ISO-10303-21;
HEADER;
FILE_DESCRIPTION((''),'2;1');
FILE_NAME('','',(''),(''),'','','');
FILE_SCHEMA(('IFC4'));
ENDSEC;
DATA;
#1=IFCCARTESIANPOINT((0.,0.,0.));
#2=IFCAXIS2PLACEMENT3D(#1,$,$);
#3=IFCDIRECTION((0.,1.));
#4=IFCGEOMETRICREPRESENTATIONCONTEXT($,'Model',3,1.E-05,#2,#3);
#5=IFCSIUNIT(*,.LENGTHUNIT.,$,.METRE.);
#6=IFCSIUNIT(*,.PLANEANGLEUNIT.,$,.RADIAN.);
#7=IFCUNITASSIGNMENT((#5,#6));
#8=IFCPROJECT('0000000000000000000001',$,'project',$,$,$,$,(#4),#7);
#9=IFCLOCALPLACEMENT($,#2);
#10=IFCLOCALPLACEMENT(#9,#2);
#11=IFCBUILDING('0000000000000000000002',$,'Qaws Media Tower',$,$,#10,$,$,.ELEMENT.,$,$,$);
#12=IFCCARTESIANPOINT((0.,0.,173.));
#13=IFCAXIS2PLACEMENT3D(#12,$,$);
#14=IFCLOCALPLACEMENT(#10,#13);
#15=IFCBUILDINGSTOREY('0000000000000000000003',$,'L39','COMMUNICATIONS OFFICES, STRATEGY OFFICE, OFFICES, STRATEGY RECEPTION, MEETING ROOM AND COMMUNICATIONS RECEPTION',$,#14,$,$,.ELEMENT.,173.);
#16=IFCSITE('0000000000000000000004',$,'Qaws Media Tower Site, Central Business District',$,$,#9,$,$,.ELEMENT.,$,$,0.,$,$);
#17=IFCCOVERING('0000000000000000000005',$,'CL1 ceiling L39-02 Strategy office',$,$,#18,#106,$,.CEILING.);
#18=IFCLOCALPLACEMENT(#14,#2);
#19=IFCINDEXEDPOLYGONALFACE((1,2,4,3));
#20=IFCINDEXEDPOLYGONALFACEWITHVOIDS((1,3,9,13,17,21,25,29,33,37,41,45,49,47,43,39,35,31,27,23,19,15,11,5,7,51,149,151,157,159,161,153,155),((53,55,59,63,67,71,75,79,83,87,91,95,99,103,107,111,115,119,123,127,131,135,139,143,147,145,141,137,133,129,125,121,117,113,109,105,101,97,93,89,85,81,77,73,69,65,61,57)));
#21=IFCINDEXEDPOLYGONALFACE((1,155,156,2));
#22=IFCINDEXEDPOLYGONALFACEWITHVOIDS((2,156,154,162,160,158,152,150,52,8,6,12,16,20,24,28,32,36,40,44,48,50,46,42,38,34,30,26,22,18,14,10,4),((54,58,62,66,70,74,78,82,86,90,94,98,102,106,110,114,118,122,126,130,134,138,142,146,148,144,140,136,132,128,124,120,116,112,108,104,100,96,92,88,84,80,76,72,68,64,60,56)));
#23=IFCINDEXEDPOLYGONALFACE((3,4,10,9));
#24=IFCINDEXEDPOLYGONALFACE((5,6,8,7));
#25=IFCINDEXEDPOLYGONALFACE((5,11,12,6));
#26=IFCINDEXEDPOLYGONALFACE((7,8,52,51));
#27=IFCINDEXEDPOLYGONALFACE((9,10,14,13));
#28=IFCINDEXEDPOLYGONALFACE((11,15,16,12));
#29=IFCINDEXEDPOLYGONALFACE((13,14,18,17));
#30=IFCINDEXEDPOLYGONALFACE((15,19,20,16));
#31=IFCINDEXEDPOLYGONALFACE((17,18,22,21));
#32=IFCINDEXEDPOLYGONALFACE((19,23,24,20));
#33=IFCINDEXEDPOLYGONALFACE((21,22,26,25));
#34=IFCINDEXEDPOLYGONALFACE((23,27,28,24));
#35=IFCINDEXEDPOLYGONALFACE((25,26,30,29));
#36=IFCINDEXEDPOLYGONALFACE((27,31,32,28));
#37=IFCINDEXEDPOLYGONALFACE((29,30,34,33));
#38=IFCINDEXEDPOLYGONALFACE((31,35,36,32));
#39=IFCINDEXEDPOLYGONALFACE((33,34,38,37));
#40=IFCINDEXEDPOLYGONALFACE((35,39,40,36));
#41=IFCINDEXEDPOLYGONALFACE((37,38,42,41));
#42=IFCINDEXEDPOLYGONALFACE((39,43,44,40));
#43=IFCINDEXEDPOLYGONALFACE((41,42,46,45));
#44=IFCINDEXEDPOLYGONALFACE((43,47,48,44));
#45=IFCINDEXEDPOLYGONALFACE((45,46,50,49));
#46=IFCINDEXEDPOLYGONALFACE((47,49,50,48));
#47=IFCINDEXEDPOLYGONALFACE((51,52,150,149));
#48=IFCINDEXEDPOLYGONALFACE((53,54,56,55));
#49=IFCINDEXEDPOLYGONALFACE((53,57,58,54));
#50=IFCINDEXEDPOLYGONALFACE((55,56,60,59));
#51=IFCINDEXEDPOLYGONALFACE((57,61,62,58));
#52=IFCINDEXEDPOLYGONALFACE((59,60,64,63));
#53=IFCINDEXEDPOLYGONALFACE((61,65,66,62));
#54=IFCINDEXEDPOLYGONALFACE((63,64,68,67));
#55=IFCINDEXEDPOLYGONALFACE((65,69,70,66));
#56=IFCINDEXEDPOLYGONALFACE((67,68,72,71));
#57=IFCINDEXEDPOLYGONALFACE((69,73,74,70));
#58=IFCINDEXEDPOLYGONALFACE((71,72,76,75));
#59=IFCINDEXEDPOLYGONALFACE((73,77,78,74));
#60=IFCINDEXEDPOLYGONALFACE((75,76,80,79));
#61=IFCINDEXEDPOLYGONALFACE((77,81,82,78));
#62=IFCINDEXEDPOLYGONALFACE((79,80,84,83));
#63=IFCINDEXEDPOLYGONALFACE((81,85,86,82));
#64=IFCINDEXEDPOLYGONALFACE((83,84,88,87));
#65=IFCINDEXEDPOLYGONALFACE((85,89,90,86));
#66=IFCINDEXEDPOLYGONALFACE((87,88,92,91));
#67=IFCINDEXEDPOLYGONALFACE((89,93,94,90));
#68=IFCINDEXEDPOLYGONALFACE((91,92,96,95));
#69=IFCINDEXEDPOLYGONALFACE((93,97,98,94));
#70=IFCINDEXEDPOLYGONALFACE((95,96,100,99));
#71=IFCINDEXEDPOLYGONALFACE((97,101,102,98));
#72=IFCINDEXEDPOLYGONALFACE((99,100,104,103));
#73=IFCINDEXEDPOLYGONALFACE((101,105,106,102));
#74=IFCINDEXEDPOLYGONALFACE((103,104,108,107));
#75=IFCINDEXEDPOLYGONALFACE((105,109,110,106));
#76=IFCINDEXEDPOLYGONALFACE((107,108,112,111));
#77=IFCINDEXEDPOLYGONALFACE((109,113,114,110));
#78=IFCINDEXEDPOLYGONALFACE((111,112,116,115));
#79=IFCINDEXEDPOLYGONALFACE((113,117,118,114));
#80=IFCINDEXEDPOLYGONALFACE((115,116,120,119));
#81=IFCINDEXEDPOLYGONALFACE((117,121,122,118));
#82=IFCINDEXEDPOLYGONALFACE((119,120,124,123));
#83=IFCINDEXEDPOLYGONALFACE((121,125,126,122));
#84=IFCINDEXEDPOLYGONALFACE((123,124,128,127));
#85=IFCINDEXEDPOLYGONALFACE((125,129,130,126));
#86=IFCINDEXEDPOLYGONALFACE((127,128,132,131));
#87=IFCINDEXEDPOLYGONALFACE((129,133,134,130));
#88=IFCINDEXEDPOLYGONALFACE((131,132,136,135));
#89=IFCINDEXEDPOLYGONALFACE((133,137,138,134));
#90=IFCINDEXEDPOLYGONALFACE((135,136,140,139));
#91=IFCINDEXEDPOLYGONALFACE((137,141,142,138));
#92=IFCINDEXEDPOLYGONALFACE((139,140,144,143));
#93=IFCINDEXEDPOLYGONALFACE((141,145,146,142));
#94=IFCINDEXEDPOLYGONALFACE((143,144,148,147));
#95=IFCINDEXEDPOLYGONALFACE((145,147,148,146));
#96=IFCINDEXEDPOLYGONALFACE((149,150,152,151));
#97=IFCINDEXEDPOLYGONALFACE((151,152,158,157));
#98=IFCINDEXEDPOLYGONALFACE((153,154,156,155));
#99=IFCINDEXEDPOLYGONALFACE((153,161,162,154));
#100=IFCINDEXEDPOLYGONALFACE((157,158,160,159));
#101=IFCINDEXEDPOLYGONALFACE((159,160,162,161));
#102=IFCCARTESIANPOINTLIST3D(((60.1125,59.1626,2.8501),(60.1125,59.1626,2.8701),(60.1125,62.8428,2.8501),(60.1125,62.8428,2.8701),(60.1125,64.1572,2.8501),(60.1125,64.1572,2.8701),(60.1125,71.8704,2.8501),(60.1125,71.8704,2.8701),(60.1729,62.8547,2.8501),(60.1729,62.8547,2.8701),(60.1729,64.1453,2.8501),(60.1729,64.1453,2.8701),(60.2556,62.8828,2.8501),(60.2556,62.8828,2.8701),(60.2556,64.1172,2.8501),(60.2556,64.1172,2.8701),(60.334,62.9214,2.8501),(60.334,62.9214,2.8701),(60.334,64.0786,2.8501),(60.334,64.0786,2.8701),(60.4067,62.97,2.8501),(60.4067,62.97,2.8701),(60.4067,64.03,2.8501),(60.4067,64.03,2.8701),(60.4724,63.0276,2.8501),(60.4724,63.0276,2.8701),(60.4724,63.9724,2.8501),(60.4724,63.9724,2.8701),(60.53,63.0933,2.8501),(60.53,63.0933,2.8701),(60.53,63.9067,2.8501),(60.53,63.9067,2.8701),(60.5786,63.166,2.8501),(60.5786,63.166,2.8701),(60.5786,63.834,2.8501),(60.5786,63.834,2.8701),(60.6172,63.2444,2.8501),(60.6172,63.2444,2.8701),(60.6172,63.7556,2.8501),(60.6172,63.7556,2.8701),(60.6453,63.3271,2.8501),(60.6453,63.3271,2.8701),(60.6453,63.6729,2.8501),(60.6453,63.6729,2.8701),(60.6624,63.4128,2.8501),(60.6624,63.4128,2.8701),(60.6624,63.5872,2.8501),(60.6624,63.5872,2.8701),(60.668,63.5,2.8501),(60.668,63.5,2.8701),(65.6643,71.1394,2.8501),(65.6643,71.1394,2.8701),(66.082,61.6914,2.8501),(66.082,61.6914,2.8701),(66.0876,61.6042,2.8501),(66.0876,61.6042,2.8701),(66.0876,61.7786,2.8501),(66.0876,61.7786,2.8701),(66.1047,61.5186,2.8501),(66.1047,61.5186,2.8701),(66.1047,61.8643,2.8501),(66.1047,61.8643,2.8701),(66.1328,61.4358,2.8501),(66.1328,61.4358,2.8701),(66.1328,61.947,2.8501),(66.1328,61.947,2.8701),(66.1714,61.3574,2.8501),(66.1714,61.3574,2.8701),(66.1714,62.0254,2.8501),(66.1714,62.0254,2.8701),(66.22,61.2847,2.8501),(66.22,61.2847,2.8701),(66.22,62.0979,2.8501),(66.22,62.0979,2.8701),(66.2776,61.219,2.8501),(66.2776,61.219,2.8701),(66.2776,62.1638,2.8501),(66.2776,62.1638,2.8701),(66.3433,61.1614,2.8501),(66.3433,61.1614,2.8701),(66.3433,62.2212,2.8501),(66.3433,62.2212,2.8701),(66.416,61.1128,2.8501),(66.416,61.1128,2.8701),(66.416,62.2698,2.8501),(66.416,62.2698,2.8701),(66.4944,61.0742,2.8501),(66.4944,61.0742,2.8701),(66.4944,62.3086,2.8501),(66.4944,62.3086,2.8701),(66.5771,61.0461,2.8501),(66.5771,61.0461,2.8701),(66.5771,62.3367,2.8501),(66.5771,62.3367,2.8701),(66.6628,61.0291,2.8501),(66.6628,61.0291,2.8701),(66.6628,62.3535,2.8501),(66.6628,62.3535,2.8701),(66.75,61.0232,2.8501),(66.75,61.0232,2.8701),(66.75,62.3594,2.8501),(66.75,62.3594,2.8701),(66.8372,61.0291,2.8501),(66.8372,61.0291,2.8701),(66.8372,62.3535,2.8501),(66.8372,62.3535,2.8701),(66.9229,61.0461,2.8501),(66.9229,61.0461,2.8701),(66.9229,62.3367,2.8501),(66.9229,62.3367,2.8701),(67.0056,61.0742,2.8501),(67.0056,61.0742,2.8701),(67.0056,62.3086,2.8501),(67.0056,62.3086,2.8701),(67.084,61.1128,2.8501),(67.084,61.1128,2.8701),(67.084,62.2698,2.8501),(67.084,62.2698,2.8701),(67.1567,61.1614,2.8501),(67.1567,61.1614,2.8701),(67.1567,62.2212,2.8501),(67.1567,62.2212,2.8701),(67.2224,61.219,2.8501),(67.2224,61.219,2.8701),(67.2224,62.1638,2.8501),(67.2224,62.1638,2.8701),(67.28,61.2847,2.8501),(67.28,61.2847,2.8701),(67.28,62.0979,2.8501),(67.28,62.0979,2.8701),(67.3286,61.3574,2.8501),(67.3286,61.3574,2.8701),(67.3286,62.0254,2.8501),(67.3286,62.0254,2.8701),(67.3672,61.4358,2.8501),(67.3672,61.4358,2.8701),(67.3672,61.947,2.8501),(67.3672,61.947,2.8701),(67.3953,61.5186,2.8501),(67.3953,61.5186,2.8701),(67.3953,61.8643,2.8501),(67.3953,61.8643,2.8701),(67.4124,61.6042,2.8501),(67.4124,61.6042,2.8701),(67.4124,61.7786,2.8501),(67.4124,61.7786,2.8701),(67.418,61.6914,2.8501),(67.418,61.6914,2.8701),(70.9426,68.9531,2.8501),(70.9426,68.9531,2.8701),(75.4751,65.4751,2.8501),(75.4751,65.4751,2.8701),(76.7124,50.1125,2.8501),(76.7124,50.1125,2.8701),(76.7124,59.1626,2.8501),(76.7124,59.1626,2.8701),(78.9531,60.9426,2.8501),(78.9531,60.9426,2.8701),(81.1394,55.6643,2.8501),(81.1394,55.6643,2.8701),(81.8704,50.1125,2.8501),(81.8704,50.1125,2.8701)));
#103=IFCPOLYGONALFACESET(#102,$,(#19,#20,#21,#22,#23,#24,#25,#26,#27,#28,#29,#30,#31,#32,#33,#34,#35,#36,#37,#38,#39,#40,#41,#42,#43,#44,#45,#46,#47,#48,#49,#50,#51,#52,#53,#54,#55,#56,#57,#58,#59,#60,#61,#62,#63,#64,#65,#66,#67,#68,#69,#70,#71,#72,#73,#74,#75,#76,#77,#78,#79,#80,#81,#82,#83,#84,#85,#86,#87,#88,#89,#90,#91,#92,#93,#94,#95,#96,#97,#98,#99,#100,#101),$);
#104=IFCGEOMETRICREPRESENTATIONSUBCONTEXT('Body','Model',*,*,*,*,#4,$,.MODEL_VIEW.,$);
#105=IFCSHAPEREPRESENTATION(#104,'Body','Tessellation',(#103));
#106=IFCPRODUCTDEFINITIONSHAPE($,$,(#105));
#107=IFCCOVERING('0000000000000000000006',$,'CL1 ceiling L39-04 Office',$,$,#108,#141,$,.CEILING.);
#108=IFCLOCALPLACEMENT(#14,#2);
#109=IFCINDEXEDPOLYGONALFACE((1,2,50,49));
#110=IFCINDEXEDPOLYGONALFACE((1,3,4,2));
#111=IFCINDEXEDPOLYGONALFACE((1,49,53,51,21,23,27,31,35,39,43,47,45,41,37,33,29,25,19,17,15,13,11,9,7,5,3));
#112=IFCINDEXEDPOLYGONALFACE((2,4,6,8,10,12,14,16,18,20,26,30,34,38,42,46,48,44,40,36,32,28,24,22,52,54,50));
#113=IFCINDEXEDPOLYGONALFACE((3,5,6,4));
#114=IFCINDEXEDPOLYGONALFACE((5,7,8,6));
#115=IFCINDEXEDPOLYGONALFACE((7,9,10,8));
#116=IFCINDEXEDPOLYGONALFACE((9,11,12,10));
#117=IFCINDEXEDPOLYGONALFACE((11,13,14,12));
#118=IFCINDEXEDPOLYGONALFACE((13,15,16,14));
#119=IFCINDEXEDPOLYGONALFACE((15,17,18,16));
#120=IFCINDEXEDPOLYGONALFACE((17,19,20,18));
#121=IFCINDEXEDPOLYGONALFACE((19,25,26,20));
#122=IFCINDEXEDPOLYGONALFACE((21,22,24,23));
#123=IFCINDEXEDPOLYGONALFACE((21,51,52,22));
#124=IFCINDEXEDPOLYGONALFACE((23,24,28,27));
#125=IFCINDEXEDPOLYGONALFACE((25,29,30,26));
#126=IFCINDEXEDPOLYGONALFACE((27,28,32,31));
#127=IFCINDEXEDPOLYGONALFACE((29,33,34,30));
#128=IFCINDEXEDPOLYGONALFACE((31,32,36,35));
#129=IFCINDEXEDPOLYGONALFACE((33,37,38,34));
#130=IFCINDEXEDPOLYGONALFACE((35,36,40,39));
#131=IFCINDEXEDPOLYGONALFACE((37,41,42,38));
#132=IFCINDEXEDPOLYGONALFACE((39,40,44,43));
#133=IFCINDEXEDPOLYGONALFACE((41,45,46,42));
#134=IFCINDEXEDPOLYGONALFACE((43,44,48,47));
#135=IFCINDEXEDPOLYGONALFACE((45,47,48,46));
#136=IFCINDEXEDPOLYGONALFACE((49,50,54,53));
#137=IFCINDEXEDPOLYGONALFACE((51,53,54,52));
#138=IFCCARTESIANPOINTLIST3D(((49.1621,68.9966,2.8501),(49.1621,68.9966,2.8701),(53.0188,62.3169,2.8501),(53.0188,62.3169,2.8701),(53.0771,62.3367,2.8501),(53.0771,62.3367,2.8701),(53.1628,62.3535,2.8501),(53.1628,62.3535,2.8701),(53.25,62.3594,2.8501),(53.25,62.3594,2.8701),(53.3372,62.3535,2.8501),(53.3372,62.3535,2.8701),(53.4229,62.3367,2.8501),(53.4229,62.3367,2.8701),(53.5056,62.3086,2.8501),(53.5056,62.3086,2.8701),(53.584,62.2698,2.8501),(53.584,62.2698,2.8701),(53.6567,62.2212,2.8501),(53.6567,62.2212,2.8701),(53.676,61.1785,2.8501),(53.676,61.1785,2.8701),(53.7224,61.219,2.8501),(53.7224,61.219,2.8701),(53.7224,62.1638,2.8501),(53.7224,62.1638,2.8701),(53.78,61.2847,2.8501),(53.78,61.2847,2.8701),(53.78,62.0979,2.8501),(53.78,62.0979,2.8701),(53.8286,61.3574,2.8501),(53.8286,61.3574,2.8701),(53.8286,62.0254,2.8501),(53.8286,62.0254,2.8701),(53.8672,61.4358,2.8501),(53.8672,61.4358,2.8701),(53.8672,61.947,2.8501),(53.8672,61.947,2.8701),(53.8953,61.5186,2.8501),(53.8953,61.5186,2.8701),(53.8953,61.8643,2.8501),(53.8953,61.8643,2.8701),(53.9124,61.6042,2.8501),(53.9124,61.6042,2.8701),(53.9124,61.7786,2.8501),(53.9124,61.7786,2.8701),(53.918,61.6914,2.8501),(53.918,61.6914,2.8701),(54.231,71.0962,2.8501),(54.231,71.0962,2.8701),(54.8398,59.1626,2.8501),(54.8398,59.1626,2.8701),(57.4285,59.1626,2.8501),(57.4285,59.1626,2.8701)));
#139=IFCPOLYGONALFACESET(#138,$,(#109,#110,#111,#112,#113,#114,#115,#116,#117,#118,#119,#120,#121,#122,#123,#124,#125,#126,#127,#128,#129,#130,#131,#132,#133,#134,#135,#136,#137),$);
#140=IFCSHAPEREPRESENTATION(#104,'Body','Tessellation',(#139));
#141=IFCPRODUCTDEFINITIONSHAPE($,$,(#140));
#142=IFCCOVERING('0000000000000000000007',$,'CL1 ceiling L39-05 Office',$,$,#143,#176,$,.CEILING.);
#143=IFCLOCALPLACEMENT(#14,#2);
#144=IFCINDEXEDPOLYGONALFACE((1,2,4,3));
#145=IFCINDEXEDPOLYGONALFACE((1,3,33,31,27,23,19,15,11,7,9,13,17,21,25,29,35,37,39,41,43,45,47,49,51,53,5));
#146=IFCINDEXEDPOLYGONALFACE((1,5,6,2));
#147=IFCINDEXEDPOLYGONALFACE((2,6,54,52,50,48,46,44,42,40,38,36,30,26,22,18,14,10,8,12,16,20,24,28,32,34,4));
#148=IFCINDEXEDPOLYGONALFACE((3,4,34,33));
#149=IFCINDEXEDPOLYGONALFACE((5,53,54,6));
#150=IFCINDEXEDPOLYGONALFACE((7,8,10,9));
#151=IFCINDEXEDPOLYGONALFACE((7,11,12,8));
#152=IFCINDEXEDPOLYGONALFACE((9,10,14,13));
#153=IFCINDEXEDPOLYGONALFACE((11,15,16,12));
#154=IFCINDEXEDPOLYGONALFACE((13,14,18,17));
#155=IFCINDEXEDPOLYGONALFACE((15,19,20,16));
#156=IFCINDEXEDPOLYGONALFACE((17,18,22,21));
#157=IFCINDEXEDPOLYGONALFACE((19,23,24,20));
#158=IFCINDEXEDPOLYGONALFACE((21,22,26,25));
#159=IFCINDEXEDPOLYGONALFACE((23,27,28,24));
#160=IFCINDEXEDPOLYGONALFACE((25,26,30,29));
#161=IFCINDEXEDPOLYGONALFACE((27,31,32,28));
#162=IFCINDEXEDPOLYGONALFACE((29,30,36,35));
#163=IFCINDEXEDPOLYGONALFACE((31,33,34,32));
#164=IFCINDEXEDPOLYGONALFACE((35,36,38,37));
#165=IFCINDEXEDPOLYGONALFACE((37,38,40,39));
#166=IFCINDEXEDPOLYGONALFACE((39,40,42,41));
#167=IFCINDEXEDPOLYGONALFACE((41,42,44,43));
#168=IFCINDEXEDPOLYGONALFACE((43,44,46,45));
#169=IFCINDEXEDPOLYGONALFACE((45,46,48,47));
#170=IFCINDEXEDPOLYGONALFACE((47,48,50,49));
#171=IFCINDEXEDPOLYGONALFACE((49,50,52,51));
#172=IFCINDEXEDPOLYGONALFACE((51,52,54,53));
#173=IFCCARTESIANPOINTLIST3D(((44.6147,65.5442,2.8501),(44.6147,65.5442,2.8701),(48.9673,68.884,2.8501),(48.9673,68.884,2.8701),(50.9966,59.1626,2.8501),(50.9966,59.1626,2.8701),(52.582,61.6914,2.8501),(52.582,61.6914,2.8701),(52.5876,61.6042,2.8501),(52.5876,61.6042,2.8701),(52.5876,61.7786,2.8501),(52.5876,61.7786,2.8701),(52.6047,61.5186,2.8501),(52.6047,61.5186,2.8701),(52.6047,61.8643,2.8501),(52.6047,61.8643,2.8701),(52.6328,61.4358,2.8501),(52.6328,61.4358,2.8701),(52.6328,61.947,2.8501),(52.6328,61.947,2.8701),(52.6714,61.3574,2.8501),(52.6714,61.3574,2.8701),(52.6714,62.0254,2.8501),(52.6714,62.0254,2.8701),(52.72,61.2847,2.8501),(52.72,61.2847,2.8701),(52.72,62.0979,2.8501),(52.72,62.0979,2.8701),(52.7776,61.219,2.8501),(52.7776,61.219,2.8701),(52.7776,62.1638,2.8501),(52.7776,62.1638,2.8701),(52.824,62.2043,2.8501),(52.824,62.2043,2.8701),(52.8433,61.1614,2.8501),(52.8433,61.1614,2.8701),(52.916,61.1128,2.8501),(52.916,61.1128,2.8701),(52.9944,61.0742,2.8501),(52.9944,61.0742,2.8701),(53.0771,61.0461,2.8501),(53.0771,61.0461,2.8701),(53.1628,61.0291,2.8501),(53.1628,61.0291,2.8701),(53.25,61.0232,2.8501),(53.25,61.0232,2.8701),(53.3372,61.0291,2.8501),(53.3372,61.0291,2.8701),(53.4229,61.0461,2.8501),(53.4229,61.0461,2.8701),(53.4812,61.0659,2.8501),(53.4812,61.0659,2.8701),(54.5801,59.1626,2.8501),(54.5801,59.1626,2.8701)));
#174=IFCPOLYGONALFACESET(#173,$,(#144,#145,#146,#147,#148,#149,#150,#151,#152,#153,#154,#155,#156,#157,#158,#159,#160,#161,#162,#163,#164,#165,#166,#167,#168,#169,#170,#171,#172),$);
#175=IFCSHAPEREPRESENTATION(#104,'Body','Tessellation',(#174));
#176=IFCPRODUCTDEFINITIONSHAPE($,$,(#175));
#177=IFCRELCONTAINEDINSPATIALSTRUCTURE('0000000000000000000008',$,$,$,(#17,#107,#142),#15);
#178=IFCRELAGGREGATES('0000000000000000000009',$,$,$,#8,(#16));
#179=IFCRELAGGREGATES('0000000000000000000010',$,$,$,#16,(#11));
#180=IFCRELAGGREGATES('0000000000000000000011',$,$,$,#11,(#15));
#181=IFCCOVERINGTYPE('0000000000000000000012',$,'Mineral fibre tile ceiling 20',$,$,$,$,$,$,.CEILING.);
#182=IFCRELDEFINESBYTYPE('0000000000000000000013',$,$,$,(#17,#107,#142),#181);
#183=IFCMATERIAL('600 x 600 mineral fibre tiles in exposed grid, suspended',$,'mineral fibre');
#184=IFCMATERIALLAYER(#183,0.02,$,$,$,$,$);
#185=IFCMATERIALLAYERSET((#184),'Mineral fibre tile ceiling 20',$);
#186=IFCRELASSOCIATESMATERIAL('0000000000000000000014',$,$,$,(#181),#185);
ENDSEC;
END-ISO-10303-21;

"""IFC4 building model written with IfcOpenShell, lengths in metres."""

from ifc_helpers import new_model, si_unit, direction, frame, origin, place, context, subcontext, project, spatial, polyline, outline, extrude, material, layer, layer_set, type_object, element, save


model = new_model("IFC4")

# Units and contexts
model_context = context("Model", 3, precision=1e-05, world=origin(), true_north=direction((0.0, 1.0)))
body_context = subcontext(model_context, "Body", "Model", "MODEL_VIEW")
ifc_project = project(units=[si_unit("LENGTHUNIT", "METRE"), si_unit("PLANEANGLEUNIT", "RADIAN")], contexts=[model_context])

# Site, building, storey
site_placement = place(None, origin())
site = spatial("IfcSite", under=ifc_project, at=site_placement, Name="Qaws Media Tower Site, Central Business District", CompositionType="ELEMENT", RefElevation=0.0)
building_placement = place(site_placement, origin())
building = spatial("IfcBuilding", under=site, at=building_placement, Name="Qaws Media Tower", CompositionType="ELEMENT")
storey_placement = place(building_placement, frame((0.0, 0.0, 173.0)))
storey = spatial("IfcBuildingStorey", under=building, at=storey_placement, Name="L39", Description="COMMUNICATIONS OFFICES, STRATEGY OFFICE, OFFICES, STRATEGY RECEPTION, MEETING ROOM AND COMMUNICATIONS RECEPTION", CompositionType="ELEMENT", Elevation=173.0)

# Coverings
ifc_material_1 = material(Name="600 x 600 mineral fibre tiles in exposed grid, suspended", Category="mineral fibre")
ifc_layer_1 = layer(ifc_material_1, 0.02)
ifc_layer_set_1 = layer_set([ifc_layer_1], Name="Mineral fibre tile ceiling 20")
covering_type_1 = type_object("IfcCoveringType", Name="Mineral fibre tile ceiling 20", PredefinedType="CEILING", material=ifc_layer_set_1)
covering_1_placement = place(storey_placement, frame((0.0, 0.0, 2.8501)))
element("IfcCovering", 1, at=covering_1_placement, inside=storey, type_object=covering_type_1, Name="CL1 ceiling L39-02 Strategy office", PredefinedType="CEILING", context=body_context, shape_type="SweptSolid", body=[
    extrude(outline(polyline([(65.6643, 71.1394), (70.9426, 68.9531), (75.4751, 65.4751), (78.9531, 60.9426), (81.1394, 55.6643), (81.8704, 50.1125), (76.7124, 50.1125), (76.7124, 59.1626), (60.1125, 59.1626), (60.1125, 62.8428), (60.1729, 62.8547), (60.2556, 62.8828), (60.334, 62.9214), (60.4067, 62.97), (60.4724, 63.0276), (60.53, 63.0933), (60.5786, 63.166), (60.6172, 63.2444), (60.6453, 63.3271), (60.6624, 63.4128), (60.668, 63.5), (60.6624, 63.5872), (60.6453, 63.6729), (60.6172, 63.7556), (60.5786, 63.834), (60.53, 63.9067), (60.4724, 63.9724), (60.4067, 64.03), (60.334, 64.0786), (60.2556, 64.1172), (60.1729, 64.1453), (60.1125, 64.1572), (60.1125, 71.8704), (65.6643, 71.1394)]), holes=[polyline([(67.3672, 61.4358), (67.3953, 61.5186), (67.4124, 61.6042), (67.418, 61.6914), (67.4124, 61.7786), (67.3953, 61.8643), (67.3672, 61.947), (67.3286, 62.0254), (67.28, 62.0979), (67.2224, 62.1638), (67.1567, 62.2212), (67.084, 62.2698), (67.0056, 62.3086), (66.9229, 62.3367), (66.8372, 62.3535), (66.75, 62.3594), (66.6628, 62.3535), (66.5771, 62.3367), (66.4944, 62.3086), (66.416, 62.2698), (66.3433, 62.2212), (66.2776, 62.1638), (66.22, 62.0979), (66.1714, 62.0254), (66.1328, 61.947), (66.1047, 61.8643), (66.0876, 61.7786), (66.082, 61.6914), (66.0876, 61.6042), (66.1047, 61.5186), (66.1328, 61.4358), (66.1714, 61.3574), (66.22, 61.2847), (66.2776, 61.219), (66.3433, 61.1614), (66.416, 61.1128), (66.4944, 61.0742), (66.5771, 61.0461), (66.6628, 61.0291), (66.75, 61.0232), (66.8372, 61.0291), (66.9229, 61.0461), (67.0056, 61.0742), (67.084, 61.1128), (67.1567, 61.1614), (67.2224, 61.219), (67.28, 61.2847), (67.3286, 61.3574), (67.3672, 61.4358)])]), origin(), (0.0, 0.0, 1.0), 0.02),
])
covering_2_placement = place(storey_placement, frame((0.0, 0.0, 2.8501)))
element("IfcCovering", 2, at=covering_2_placement, inside=storey, type_object=covering_type_1, Name="CL1 ceiling L39-04 Office", PredefinedType="CEILING", context=body_context, shape_type="SweptSolid", body=[
    extrude(outline(polyline([(54.231, 71.0962), (57.4285, 59.1626), (54.8398, 59.1626), (53.676, 61.1785), (53.7224, 61.219), (53.78, 61.2847), (53.8286, 61.3574), (53.8672, 61.4358), (53.8953, 61.5186), (53.9124, 61.6042), (53.918, 61.6914), (53.9124, 61.7786), (53.8953, 61.8643), (53.8672, 61.947), (53.8286, 62.0254), (53.78, 62.0979), (53.7224, 62.1638), (53.6567, 62.2212), (53.584, 62.2698), (53.5056, 62.3086), (53.4229, 62.3367), (53.3372, 62.3535), (53.25, 62.3594), (53.1628, 62.3535), (53.0771, 62.3367), (53.0188, 62.3169), (49.1621, 68.9966), (54.231, 71.0962)])), origin(), (0.0, 0.0, 1.0), 0.02),
])
covering_3_placement = place(storey_placement, frame((0.0, 0.0, 2.8501)))
element("IfcCovering", 3, at=covering_3_placement, inside=storey, type_object=covering_type_1, Name="CL1 ceiling L39-05 Office", PredefinedType="CEILING", context=body_context, shape_type="SweptSolid", body=[
    extrude(outline(polyline([(48.9673, 68.884), (52.824, 62.2043), (52.7776, 62.1638), (52.72, 62.0979), (52.6714, 62.0254), (52.6328, 61.947), (52.6047, 61.8643), (52.5876, 61.7786), (52.582, 61.6914), (52.5876, 61.6042), (52.6047, 61.5186), (52.6328, 61.4358), (52.6714, 61.3574), (52.72, 61.2847), (52.7776, 61.219), (52.8433, 61.1614), (52.916, 61.1128), (52.9944, 61.0742), (53.0771, 61.0461), (53.1628, 61.0291), (53.25, 61.0232), (53.3372, 61.0291), (53.4229, 61.0461), (53.4812, 61.0659), (54.5801, 59.1626), (50.9966, 59.1626), (44.6147, 65.5442), (48.9673, 68.884)])), origin(), (0.0, 0.0, 1.0), 0.02),
])

save(model, "model.ifc")
